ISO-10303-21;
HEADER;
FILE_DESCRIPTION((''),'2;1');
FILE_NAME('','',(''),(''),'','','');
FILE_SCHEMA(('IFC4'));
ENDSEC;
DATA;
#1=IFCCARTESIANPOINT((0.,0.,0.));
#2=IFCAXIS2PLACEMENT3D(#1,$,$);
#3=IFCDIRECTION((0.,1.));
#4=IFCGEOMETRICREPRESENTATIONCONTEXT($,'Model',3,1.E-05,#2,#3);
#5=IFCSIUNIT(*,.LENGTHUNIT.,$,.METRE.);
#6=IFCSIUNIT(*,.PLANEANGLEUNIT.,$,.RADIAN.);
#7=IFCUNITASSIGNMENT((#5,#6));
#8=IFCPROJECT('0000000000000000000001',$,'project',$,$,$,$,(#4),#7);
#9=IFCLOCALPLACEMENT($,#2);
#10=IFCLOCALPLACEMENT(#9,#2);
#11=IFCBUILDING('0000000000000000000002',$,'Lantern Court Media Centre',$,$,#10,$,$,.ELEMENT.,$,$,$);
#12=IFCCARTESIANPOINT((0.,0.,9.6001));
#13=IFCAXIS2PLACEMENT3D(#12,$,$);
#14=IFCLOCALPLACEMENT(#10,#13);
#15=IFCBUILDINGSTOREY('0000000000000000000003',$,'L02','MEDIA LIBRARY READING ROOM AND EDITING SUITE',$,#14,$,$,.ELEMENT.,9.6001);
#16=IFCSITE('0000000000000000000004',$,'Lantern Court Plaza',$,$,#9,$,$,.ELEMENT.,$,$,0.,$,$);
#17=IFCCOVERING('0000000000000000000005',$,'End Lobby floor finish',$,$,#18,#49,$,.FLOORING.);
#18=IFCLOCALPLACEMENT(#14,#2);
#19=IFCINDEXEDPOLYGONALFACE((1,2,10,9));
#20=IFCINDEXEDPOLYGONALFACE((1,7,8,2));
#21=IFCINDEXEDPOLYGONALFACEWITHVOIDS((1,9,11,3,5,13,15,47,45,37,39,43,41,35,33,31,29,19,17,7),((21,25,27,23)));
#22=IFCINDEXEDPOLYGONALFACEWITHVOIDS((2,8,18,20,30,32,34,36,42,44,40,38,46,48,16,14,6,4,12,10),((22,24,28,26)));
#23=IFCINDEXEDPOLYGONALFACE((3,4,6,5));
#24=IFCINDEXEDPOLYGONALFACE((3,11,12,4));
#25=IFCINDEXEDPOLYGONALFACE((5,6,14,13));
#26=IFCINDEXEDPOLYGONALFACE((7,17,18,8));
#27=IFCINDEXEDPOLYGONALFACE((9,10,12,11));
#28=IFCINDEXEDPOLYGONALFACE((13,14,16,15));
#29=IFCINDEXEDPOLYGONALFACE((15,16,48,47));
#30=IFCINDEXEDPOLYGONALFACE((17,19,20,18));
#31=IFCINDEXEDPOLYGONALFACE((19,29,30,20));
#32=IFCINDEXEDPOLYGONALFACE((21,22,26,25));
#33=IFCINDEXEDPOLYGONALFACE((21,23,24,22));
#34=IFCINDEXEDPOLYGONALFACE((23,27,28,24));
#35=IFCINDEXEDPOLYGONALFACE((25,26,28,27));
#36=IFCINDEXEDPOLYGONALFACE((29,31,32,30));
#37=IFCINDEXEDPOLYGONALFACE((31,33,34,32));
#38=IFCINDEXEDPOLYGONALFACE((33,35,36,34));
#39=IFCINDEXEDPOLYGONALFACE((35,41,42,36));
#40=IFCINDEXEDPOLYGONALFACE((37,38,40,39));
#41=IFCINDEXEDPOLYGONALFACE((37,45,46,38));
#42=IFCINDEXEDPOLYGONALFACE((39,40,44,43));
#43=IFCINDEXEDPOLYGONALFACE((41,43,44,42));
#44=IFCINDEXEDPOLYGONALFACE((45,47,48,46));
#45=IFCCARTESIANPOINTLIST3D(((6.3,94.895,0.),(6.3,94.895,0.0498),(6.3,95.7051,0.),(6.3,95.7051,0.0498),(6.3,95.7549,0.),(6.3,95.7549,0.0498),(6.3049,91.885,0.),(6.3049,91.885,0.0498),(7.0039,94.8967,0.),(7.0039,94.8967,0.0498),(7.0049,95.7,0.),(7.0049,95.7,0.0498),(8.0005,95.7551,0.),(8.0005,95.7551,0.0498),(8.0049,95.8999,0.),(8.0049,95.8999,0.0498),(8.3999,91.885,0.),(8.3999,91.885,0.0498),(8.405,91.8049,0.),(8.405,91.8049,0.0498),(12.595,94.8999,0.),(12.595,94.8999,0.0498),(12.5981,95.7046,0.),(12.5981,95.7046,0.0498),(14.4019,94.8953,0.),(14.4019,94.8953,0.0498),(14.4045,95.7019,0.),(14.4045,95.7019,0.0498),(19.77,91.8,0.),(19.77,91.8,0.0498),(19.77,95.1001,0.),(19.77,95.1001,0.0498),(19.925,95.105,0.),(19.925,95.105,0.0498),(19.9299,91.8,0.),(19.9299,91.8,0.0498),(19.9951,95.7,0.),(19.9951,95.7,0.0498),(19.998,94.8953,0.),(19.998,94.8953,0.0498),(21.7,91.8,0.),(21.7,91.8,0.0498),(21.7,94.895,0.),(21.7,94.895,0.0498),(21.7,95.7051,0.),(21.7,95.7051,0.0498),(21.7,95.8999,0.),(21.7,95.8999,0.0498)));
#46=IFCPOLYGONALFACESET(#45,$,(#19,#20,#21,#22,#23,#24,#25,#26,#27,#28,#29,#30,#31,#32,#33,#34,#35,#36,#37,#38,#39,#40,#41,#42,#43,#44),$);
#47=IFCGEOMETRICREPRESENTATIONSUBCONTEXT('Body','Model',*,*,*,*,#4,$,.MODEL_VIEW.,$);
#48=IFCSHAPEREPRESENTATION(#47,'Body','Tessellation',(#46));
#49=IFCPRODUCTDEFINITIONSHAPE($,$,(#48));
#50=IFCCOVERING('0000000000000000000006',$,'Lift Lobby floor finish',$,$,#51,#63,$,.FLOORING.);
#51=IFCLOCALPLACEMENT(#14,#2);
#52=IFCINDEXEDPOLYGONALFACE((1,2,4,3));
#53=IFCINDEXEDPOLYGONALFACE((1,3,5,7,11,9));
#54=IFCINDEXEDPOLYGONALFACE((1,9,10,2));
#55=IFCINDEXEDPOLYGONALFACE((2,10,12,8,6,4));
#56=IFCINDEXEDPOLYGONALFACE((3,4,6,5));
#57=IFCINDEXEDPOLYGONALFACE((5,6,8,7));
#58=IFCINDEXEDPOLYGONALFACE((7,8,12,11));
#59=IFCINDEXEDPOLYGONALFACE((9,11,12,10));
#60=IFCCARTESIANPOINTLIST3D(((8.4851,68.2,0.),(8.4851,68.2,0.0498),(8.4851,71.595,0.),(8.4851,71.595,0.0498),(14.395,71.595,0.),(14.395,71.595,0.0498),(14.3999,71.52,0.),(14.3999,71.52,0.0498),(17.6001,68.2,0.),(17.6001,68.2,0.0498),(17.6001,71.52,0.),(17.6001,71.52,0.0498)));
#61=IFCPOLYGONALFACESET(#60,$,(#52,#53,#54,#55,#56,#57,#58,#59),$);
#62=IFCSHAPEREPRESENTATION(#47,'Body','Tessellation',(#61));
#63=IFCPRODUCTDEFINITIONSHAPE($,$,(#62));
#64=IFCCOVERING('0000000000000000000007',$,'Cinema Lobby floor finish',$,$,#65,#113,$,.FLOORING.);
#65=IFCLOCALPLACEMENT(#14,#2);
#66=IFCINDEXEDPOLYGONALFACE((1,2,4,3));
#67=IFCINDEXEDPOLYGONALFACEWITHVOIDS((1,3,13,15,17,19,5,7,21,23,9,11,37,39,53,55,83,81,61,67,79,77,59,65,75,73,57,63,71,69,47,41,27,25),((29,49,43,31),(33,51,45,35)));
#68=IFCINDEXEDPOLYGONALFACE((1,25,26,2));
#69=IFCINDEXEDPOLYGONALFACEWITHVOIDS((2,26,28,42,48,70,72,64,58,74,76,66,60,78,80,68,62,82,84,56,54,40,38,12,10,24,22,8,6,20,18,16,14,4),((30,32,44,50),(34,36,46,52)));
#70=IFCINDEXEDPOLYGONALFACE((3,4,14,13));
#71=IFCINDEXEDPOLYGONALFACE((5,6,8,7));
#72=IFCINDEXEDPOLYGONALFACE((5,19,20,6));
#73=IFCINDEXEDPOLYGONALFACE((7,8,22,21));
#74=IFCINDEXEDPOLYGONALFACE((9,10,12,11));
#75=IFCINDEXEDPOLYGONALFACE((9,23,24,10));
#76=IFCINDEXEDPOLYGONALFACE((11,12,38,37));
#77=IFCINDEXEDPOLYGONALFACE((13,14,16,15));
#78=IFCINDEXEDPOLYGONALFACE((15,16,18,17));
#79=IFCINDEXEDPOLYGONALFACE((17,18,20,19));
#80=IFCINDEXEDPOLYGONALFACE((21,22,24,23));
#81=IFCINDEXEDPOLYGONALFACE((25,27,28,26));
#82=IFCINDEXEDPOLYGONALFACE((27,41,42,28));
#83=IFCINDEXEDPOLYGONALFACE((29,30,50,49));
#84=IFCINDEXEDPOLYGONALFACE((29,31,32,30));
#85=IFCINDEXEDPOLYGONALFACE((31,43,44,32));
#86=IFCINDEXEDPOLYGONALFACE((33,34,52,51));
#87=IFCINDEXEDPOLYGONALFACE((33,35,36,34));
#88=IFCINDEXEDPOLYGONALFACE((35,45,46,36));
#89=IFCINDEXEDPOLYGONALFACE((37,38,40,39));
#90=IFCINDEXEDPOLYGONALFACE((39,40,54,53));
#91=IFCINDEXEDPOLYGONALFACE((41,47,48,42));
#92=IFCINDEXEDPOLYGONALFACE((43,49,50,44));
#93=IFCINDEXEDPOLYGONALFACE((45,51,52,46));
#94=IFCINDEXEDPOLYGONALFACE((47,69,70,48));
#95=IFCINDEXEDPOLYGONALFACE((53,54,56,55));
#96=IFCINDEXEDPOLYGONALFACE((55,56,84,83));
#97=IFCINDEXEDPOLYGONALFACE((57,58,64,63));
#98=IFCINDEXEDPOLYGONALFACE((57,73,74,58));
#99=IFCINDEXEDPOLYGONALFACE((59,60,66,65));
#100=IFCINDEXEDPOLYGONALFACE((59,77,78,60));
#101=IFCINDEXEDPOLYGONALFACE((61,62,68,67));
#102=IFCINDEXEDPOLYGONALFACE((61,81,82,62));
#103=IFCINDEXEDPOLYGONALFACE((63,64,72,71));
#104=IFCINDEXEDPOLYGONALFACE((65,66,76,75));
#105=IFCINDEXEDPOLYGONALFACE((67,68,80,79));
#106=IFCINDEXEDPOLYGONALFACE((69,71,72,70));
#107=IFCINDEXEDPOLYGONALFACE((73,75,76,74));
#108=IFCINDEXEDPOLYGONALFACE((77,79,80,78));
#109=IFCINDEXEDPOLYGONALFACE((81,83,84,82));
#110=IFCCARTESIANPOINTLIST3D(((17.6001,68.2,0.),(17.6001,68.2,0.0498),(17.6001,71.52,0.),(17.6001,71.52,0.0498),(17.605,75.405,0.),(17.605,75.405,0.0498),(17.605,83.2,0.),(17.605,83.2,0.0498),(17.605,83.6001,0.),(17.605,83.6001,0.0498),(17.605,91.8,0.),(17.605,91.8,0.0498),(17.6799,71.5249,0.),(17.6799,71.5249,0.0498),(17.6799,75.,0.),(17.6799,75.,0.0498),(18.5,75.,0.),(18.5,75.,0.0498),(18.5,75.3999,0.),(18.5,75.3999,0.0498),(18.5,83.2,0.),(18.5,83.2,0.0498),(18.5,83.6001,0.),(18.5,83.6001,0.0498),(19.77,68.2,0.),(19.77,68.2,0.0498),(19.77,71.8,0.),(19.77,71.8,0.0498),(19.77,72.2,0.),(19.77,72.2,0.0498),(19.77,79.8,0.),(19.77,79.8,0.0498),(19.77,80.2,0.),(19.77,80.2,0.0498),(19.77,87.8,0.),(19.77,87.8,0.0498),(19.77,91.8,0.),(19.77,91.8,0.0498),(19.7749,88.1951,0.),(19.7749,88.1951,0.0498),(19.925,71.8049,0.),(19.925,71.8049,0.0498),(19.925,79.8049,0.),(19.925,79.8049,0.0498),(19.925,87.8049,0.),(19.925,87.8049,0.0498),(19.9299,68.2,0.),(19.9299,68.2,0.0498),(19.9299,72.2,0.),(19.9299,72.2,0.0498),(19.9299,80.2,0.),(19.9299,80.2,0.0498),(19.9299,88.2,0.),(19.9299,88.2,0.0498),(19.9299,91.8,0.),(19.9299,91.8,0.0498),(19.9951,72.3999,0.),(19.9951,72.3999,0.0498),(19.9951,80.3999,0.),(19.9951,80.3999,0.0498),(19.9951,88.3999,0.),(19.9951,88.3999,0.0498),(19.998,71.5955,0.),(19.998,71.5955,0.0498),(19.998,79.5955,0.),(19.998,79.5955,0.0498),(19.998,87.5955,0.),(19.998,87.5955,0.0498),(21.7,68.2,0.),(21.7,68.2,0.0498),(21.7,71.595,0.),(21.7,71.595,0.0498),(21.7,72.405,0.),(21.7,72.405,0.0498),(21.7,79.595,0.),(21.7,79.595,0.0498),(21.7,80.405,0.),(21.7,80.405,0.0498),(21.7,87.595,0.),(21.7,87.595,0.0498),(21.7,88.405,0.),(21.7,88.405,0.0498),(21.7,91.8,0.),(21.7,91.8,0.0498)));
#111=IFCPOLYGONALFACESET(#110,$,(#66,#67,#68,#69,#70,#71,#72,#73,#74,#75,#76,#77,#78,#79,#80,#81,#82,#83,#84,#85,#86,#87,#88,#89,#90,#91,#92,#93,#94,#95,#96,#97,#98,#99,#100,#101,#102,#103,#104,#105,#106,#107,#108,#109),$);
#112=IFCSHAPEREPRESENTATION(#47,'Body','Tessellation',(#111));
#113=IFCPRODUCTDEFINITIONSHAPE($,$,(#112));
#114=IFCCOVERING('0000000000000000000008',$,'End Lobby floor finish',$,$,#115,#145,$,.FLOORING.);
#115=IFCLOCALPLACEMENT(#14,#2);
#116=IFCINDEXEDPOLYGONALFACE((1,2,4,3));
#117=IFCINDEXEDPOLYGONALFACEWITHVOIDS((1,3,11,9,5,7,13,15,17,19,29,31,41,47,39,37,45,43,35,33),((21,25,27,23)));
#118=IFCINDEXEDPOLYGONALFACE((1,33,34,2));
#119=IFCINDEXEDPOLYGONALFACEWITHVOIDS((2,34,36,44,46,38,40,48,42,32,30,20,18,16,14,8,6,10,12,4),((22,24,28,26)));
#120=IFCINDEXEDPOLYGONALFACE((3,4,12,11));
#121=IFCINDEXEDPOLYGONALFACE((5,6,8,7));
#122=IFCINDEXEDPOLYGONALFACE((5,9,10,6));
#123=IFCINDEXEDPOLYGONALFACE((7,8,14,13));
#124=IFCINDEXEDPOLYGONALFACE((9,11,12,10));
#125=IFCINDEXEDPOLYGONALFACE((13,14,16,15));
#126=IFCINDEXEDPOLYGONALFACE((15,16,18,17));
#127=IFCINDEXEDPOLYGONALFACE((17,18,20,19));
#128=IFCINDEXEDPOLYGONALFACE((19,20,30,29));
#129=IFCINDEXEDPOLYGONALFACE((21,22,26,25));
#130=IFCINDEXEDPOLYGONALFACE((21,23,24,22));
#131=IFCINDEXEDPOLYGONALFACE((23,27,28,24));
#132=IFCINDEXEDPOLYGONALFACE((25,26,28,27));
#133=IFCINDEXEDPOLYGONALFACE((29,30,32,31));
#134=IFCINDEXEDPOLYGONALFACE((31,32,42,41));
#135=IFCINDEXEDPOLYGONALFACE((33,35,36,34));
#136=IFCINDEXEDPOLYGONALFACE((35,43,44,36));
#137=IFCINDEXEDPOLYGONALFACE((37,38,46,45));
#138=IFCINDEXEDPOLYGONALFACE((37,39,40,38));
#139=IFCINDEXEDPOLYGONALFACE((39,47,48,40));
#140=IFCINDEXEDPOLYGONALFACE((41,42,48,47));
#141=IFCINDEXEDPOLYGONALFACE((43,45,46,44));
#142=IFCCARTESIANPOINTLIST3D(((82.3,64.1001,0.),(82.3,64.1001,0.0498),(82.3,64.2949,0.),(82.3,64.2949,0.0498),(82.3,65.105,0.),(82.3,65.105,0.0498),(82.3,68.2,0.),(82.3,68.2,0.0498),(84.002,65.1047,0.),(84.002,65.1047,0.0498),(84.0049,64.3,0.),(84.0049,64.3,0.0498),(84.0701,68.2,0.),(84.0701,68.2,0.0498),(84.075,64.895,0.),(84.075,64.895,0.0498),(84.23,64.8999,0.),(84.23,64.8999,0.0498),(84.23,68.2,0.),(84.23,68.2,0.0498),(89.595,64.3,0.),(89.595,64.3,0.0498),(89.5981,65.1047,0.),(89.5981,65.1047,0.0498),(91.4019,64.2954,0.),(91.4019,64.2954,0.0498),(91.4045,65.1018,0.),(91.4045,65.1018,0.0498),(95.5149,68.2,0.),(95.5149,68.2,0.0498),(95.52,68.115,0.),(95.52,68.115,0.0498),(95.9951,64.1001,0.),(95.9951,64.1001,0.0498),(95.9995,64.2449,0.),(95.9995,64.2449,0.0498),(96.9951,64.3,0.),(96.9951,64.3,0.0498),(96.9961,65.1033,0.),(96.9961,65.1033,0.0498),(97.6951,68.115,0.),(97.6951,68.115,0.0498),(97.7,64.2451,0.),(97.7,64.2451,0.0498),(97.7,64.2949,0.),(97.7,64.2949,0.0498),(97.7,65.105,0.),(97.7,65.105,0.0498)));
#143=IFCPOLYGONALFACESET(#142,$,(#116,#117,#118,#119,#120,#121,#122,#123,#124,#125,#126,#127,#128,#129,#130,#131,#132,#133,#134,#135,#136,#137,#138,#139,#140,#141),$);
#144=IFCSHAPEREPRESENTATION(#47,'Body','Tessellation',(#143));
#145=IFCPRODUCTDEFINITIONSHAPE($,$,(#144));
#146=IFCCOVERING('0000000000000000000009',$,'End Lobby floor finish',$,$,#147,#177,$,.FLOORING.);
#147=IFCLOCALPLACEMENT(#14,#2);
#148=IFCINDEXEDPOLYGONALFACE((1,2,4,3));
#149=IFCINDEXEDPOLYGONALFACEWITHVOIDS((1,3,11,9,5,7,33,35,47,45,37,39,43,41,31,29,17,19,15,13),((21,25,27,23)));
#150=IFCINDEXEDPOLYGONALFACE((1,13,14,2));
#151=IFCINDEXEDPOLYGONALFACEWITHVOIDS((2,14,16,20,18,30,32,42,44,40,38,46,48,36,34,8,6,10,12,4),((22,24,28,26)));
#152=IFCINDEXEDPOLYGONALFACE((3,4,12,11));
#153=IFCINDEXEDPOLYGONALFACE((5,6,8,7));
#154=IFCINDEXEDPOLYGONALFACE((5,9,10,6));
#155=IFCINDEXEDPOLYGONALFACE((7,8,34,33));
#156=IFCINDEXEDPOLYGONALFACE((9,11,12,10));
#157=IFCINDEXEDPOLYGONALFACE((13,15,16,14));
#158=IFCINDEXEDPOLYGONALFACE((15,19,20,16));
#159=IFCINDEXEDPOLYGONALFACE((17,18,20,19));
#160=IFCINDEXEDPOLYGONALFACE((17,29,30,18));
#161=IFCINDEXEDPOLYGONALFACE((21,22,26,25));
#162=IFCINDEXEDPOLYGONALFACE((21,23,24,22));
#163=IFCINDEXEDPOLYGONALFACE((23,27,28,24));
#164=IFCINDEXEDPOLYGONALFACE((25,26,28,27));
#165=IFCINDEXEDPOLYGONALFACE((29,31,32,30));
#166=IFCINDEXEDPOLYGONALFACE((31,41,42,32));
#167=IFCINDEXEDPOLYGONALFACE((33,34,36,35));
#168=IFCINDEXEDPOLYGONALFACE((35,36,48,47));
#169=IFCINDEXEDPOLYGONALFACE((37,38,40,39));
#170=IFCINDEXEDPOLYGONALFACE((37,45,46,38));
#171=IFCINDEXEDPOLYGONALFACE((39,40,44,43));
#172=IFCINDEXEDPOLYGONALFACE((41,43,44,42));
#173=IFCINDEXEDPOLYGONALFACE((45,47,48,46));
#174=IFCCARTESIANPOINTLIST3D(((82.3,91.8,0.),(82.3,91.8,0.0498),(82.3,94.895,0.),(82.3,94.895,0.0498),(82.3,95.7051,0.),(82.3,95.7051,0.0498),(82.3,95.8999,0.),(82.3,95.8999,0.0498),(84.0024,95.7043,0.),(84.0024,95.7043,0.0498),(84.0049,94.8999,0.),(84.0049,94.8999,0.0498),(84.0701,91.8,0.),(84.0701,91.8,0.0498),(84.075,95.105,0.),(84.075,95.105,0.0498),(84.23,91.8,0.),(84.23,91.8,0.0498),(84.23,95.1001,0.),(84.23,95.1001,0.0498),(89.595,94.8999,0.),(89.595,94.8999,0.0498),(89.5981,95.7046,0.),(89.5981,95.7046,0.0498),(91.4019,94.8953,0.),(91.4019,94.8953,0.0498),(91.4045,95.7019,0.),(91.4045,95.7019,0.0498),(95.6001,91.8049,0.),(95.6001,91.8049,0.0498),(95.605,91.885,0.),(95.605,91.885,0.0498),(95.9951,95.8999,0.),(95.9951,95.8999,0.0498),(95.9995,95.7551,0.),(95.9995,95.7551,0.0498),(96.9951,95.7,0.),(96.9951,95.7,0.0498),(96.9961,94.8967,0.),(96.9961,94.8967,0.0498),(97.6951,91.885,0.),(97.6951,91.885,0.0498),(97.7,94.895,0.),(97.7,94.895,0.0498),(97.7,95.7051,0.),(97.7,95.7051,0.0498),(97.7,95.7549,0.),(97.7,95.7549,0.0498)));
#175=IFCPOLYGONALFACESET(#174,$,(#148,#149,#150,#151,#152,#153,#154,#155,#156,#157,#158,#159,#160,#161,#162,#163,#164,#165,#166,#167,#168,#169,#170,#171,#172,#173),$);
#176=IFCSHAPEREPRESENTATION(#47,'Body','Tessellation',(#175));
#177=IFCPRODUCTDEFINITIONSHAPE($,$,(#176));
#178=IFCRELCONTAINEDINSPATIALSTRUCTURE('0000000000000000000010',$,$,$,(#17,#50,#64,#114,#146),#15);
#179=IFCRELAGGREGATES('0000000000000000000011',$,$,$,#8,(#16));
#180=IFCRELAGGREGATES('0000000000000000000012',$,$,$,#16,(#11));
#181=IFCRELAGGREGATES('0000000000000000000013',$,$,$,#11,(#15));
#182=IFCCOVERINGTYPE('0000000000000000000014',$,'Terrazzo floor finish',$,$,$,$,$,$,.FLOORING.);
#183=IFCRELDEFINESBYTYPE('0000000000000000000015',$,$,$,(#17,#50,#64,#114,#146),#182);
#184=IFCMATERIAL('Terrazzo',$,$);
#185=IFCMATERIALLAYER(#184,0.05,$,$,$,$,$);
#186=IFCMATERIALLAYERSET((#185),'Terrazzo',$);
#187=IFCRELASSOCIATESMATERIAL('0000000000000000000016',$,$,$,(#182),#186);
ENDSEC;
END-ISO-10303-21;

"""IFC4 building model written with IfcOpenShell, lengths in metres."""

from ifc_helpers import new_model, si_unit, direction, frame, origin, place, context, subcontext, project, spatial, polyline, outline, extrude, material, layer, layer_set, type_object, element, save


model = new_model("IFC4")

# Units and contexts
model_context = context("Model", 3, precision=1e-05, world=origin(), true_north=direction((0.0, 1.0)))
body_context = subcontext(model_context, "Body", "Model", "MODEL_VIEW")
ifc_project = project(units=[si_unit("LENGTHUNIT", "METRE"), si_unit("PLANEANGLEUNIT", "RADIAN")], contexts=[model_context])

# Site, building, storey
site_placement = place(None, origin())
site = spatial("IfcSite", under=ifc_project, at=site_placement, Name="Lantern Court Plaza", CompositionType="ELEMENT", RefElevation=0.0)
building_placement = place(site_placement, origin())
building = spatial("IfcBuilding", under=site, at=building_placement, Name="Lantern Court Media Centre", CompositionType="ELEMENT")
storey_placement = place(building_placement, frame((0.0, 0.0, 9.6001)))
storey = spatial("IfcBuildingStorey", under=building, at=storey_placement, Name="L02", Description="MEDIA LIBRARY READING ROOM AND EDITING SUITE", CompositionType="ELEMENT", Elevation=9.6001)

# Coverings
ifc_material_1 = material(Name="Terrazzo")
ifc_layer_1 = layer(ifc_material_1, 0.05)
ifc_layer_set_1 = layer_set([ifc_layer_1], Name="Terrazzo")
covering_type_1 = type_object("IfcCoveringType", Name="Terrazzo floor finish", PredefinedType="FLOORING", material=ifc_layer_set_1)
covering_1_placement = place(storey_placement, origin())
element("IfcCovering", 1, at=covering_1_placement, inside=storey, type_object=covering_type_1, Name="End Lobby floor finish", PredefinedType="FLOORING", context=body_context, shape_type="SweptSolid", body=[
    extrude(outline(polyline([(21.7, 91.8), (19.9299, 91.8), (19.925, 95.105), (19.77, 95.1001), (19.77, 91.8), (8.405, 91.8049), (8.3999, 91.885), (6.3049, 91.885), (6.3, 94.895), (7.0039, 94.8967), (7.0049, 95.7), (6.3, 95.7051), (6.3, 95.7549), (8.0005, 95.7551), (8.0049, 95.8999), (21.7, 95.8999), (21.7, 95.7051), (19.9951, 95.7), (19.998, 94.8953), (21.7, 94.895), (21.7, 91.8)]), holes=[polyline([(12.595, 94.8999), (14.4019, 94.8953), (14.4045, 95.7019), (12.5981, 95.7046), (12.595, 94.8999)])]), origin(), (0.0, 0.0, 1.0), 0.0498),
])
covering_2_placement = place(storey_placement, origin())
element("IfcCovering", 2, at=covering_2_placement, inside=storey, type_object=covering_type_1, Name="Lift Lobby floor finish", PredefinedType="FLOORING", context=body_context, shape_type="SweptSolid", body=[
    extrude(outline(polyline([(17.6001, 68.2), (8.4851, 68.2), (8.4851, 71.595), (14.395, 71.595), (14.3999, 71.52), (17.6001, 71.52), (17.6001, 68.2)])), origin(), (0.0, 0.0, 1.0), 0.0498),
])
covering_3_placement = place(storey_placement, origin())
element("IfcCovering", 3, at=covering_3_placement, inside=storey, type_object=covering_type_1, Name="Cinema Lobby floor finish", PredefinedType="FLOORING", context=body_context, shape_type="SweptSolid", body=[
    extrude(outline(polyline([(17.6001, 68.2), (17.6001, 71.52), (17.6799, 71.5249), (17.6799, 75.0), (18.5, 75.0), (18.5, 75.3999), (17.605, 75.405), (17.605, 83.2), (18.5, 83.2), (18.5, 83.6001), (17.605, 83.6001), (17.605, 91.8), (19.77, 91.8), (19.7749, 88.1951), (19.9299, 88.2), (19.9299, 91.8), (21.7, 91.8), (21.7, 88.405), (19.9951, 88.3999), (19.998, 87.5955), (21.7, 87.595), (21.7, 80.405), (19.9951, 80.3999), (19.998, 79.5955), (21.7, 79.595), (21.7, 72.405), (19.9951, 72.3999), (19.998, 71.5955), (21.7, 71.595), (21.7, 68.2), (19.9299, 68.2), (19.925, 71.8049), (19.77, 71.8), (19.77, 68.2), (17.6001, 68.2)]), holes=[polyline([(19.77, 80.2), (19.9299, 80.2), (19.925, 87.8049), (19.77, 87.8), (19.77, 80.2)]), polyline([(19.77, 72.2), (19.9299, 72.2), (19.925, 79.8049), (19.77, 79.8), (19.77, 72.2)])]), origin(), (0.0, 0.0, 1.0), 0.0498),
])
covering_4_placement = place(storey_placement, origin())
element("IfcCovering", 4, at=covering_4_placement, inside=storey, type_object=covering_type_1, Name="End Lobby floor finish", PredefinedType="FLOORING", context=body_context, shape_type="SweptSolid", body=[
    extrude(outline(polyline([(97.7, 64.2451), (95.9995, 64.2449), (95.9951, 64.1001), (82.3, 64.1001), (82.3, 64.2949), (84.0049, 64.3), (84.002, 65.1047), (82.3, 65.105), (82.3, 68.2), (84.0701, 68.2), (84.075, 64.895), (84.23, 64.8999), (84.23, 68.2), (95.5149, 68.2), (95.52, 68.115), (97.6951, 68.115), (97.7, 65.105), (96.9961, 65.1033), (96.9951, 64.3), (97.7, 64.2949), (97.7, 64.2451)]), holes=[polyline([(89.595, 64.3), (91.4019, 64.2954), (91.4045, 65.1018), (89.5981, 65.1047), (89.595, 64.3)])]), origin(), (0.0, 0.0, 1.0), 0.0498),
])
covering_5_placement = place(storey_placement, origin())
element("IfcCovering", 5, at=covering_5_placement, inside=storey, type_object=covering_type_1, Name="End Lobby floor finish", PredefinedType="FLOORING", context=body_context, shape_type="SweptSolid", body=[
    extrude(outline(polyline([(97.7, 94.895), (97.6951, 91.885), (95.605, 91.885), (95.6001, 91.8049), (84.23, 91.8), (84.23, 95.1001), (84.075, 95.105), (84.0701, 91.8), (82.3, 91.8), (82.3, 94.895), (84.0049, 94.8999), (84.0024, 95.7043), (82.3, 95.7051), (82.3, 95.8999), (95.9951, 95.8999), (95.9995, 95.7551), (97.7, 95.7549), (97.7, 95.7051), (96.9951, 95.7), (96.9961, 94.8967), (97.7, 94.895)]), holes=[polyline([(89.595, 94.8999), (91.4019, 94.8953), (91.4045, 95.7019), (89.5981, 95.7046), (89.595, 94.8999)])]), origin(), (0.0, 0.0, 1.0), 0.0498),
])

save(model, "model.ifc")
